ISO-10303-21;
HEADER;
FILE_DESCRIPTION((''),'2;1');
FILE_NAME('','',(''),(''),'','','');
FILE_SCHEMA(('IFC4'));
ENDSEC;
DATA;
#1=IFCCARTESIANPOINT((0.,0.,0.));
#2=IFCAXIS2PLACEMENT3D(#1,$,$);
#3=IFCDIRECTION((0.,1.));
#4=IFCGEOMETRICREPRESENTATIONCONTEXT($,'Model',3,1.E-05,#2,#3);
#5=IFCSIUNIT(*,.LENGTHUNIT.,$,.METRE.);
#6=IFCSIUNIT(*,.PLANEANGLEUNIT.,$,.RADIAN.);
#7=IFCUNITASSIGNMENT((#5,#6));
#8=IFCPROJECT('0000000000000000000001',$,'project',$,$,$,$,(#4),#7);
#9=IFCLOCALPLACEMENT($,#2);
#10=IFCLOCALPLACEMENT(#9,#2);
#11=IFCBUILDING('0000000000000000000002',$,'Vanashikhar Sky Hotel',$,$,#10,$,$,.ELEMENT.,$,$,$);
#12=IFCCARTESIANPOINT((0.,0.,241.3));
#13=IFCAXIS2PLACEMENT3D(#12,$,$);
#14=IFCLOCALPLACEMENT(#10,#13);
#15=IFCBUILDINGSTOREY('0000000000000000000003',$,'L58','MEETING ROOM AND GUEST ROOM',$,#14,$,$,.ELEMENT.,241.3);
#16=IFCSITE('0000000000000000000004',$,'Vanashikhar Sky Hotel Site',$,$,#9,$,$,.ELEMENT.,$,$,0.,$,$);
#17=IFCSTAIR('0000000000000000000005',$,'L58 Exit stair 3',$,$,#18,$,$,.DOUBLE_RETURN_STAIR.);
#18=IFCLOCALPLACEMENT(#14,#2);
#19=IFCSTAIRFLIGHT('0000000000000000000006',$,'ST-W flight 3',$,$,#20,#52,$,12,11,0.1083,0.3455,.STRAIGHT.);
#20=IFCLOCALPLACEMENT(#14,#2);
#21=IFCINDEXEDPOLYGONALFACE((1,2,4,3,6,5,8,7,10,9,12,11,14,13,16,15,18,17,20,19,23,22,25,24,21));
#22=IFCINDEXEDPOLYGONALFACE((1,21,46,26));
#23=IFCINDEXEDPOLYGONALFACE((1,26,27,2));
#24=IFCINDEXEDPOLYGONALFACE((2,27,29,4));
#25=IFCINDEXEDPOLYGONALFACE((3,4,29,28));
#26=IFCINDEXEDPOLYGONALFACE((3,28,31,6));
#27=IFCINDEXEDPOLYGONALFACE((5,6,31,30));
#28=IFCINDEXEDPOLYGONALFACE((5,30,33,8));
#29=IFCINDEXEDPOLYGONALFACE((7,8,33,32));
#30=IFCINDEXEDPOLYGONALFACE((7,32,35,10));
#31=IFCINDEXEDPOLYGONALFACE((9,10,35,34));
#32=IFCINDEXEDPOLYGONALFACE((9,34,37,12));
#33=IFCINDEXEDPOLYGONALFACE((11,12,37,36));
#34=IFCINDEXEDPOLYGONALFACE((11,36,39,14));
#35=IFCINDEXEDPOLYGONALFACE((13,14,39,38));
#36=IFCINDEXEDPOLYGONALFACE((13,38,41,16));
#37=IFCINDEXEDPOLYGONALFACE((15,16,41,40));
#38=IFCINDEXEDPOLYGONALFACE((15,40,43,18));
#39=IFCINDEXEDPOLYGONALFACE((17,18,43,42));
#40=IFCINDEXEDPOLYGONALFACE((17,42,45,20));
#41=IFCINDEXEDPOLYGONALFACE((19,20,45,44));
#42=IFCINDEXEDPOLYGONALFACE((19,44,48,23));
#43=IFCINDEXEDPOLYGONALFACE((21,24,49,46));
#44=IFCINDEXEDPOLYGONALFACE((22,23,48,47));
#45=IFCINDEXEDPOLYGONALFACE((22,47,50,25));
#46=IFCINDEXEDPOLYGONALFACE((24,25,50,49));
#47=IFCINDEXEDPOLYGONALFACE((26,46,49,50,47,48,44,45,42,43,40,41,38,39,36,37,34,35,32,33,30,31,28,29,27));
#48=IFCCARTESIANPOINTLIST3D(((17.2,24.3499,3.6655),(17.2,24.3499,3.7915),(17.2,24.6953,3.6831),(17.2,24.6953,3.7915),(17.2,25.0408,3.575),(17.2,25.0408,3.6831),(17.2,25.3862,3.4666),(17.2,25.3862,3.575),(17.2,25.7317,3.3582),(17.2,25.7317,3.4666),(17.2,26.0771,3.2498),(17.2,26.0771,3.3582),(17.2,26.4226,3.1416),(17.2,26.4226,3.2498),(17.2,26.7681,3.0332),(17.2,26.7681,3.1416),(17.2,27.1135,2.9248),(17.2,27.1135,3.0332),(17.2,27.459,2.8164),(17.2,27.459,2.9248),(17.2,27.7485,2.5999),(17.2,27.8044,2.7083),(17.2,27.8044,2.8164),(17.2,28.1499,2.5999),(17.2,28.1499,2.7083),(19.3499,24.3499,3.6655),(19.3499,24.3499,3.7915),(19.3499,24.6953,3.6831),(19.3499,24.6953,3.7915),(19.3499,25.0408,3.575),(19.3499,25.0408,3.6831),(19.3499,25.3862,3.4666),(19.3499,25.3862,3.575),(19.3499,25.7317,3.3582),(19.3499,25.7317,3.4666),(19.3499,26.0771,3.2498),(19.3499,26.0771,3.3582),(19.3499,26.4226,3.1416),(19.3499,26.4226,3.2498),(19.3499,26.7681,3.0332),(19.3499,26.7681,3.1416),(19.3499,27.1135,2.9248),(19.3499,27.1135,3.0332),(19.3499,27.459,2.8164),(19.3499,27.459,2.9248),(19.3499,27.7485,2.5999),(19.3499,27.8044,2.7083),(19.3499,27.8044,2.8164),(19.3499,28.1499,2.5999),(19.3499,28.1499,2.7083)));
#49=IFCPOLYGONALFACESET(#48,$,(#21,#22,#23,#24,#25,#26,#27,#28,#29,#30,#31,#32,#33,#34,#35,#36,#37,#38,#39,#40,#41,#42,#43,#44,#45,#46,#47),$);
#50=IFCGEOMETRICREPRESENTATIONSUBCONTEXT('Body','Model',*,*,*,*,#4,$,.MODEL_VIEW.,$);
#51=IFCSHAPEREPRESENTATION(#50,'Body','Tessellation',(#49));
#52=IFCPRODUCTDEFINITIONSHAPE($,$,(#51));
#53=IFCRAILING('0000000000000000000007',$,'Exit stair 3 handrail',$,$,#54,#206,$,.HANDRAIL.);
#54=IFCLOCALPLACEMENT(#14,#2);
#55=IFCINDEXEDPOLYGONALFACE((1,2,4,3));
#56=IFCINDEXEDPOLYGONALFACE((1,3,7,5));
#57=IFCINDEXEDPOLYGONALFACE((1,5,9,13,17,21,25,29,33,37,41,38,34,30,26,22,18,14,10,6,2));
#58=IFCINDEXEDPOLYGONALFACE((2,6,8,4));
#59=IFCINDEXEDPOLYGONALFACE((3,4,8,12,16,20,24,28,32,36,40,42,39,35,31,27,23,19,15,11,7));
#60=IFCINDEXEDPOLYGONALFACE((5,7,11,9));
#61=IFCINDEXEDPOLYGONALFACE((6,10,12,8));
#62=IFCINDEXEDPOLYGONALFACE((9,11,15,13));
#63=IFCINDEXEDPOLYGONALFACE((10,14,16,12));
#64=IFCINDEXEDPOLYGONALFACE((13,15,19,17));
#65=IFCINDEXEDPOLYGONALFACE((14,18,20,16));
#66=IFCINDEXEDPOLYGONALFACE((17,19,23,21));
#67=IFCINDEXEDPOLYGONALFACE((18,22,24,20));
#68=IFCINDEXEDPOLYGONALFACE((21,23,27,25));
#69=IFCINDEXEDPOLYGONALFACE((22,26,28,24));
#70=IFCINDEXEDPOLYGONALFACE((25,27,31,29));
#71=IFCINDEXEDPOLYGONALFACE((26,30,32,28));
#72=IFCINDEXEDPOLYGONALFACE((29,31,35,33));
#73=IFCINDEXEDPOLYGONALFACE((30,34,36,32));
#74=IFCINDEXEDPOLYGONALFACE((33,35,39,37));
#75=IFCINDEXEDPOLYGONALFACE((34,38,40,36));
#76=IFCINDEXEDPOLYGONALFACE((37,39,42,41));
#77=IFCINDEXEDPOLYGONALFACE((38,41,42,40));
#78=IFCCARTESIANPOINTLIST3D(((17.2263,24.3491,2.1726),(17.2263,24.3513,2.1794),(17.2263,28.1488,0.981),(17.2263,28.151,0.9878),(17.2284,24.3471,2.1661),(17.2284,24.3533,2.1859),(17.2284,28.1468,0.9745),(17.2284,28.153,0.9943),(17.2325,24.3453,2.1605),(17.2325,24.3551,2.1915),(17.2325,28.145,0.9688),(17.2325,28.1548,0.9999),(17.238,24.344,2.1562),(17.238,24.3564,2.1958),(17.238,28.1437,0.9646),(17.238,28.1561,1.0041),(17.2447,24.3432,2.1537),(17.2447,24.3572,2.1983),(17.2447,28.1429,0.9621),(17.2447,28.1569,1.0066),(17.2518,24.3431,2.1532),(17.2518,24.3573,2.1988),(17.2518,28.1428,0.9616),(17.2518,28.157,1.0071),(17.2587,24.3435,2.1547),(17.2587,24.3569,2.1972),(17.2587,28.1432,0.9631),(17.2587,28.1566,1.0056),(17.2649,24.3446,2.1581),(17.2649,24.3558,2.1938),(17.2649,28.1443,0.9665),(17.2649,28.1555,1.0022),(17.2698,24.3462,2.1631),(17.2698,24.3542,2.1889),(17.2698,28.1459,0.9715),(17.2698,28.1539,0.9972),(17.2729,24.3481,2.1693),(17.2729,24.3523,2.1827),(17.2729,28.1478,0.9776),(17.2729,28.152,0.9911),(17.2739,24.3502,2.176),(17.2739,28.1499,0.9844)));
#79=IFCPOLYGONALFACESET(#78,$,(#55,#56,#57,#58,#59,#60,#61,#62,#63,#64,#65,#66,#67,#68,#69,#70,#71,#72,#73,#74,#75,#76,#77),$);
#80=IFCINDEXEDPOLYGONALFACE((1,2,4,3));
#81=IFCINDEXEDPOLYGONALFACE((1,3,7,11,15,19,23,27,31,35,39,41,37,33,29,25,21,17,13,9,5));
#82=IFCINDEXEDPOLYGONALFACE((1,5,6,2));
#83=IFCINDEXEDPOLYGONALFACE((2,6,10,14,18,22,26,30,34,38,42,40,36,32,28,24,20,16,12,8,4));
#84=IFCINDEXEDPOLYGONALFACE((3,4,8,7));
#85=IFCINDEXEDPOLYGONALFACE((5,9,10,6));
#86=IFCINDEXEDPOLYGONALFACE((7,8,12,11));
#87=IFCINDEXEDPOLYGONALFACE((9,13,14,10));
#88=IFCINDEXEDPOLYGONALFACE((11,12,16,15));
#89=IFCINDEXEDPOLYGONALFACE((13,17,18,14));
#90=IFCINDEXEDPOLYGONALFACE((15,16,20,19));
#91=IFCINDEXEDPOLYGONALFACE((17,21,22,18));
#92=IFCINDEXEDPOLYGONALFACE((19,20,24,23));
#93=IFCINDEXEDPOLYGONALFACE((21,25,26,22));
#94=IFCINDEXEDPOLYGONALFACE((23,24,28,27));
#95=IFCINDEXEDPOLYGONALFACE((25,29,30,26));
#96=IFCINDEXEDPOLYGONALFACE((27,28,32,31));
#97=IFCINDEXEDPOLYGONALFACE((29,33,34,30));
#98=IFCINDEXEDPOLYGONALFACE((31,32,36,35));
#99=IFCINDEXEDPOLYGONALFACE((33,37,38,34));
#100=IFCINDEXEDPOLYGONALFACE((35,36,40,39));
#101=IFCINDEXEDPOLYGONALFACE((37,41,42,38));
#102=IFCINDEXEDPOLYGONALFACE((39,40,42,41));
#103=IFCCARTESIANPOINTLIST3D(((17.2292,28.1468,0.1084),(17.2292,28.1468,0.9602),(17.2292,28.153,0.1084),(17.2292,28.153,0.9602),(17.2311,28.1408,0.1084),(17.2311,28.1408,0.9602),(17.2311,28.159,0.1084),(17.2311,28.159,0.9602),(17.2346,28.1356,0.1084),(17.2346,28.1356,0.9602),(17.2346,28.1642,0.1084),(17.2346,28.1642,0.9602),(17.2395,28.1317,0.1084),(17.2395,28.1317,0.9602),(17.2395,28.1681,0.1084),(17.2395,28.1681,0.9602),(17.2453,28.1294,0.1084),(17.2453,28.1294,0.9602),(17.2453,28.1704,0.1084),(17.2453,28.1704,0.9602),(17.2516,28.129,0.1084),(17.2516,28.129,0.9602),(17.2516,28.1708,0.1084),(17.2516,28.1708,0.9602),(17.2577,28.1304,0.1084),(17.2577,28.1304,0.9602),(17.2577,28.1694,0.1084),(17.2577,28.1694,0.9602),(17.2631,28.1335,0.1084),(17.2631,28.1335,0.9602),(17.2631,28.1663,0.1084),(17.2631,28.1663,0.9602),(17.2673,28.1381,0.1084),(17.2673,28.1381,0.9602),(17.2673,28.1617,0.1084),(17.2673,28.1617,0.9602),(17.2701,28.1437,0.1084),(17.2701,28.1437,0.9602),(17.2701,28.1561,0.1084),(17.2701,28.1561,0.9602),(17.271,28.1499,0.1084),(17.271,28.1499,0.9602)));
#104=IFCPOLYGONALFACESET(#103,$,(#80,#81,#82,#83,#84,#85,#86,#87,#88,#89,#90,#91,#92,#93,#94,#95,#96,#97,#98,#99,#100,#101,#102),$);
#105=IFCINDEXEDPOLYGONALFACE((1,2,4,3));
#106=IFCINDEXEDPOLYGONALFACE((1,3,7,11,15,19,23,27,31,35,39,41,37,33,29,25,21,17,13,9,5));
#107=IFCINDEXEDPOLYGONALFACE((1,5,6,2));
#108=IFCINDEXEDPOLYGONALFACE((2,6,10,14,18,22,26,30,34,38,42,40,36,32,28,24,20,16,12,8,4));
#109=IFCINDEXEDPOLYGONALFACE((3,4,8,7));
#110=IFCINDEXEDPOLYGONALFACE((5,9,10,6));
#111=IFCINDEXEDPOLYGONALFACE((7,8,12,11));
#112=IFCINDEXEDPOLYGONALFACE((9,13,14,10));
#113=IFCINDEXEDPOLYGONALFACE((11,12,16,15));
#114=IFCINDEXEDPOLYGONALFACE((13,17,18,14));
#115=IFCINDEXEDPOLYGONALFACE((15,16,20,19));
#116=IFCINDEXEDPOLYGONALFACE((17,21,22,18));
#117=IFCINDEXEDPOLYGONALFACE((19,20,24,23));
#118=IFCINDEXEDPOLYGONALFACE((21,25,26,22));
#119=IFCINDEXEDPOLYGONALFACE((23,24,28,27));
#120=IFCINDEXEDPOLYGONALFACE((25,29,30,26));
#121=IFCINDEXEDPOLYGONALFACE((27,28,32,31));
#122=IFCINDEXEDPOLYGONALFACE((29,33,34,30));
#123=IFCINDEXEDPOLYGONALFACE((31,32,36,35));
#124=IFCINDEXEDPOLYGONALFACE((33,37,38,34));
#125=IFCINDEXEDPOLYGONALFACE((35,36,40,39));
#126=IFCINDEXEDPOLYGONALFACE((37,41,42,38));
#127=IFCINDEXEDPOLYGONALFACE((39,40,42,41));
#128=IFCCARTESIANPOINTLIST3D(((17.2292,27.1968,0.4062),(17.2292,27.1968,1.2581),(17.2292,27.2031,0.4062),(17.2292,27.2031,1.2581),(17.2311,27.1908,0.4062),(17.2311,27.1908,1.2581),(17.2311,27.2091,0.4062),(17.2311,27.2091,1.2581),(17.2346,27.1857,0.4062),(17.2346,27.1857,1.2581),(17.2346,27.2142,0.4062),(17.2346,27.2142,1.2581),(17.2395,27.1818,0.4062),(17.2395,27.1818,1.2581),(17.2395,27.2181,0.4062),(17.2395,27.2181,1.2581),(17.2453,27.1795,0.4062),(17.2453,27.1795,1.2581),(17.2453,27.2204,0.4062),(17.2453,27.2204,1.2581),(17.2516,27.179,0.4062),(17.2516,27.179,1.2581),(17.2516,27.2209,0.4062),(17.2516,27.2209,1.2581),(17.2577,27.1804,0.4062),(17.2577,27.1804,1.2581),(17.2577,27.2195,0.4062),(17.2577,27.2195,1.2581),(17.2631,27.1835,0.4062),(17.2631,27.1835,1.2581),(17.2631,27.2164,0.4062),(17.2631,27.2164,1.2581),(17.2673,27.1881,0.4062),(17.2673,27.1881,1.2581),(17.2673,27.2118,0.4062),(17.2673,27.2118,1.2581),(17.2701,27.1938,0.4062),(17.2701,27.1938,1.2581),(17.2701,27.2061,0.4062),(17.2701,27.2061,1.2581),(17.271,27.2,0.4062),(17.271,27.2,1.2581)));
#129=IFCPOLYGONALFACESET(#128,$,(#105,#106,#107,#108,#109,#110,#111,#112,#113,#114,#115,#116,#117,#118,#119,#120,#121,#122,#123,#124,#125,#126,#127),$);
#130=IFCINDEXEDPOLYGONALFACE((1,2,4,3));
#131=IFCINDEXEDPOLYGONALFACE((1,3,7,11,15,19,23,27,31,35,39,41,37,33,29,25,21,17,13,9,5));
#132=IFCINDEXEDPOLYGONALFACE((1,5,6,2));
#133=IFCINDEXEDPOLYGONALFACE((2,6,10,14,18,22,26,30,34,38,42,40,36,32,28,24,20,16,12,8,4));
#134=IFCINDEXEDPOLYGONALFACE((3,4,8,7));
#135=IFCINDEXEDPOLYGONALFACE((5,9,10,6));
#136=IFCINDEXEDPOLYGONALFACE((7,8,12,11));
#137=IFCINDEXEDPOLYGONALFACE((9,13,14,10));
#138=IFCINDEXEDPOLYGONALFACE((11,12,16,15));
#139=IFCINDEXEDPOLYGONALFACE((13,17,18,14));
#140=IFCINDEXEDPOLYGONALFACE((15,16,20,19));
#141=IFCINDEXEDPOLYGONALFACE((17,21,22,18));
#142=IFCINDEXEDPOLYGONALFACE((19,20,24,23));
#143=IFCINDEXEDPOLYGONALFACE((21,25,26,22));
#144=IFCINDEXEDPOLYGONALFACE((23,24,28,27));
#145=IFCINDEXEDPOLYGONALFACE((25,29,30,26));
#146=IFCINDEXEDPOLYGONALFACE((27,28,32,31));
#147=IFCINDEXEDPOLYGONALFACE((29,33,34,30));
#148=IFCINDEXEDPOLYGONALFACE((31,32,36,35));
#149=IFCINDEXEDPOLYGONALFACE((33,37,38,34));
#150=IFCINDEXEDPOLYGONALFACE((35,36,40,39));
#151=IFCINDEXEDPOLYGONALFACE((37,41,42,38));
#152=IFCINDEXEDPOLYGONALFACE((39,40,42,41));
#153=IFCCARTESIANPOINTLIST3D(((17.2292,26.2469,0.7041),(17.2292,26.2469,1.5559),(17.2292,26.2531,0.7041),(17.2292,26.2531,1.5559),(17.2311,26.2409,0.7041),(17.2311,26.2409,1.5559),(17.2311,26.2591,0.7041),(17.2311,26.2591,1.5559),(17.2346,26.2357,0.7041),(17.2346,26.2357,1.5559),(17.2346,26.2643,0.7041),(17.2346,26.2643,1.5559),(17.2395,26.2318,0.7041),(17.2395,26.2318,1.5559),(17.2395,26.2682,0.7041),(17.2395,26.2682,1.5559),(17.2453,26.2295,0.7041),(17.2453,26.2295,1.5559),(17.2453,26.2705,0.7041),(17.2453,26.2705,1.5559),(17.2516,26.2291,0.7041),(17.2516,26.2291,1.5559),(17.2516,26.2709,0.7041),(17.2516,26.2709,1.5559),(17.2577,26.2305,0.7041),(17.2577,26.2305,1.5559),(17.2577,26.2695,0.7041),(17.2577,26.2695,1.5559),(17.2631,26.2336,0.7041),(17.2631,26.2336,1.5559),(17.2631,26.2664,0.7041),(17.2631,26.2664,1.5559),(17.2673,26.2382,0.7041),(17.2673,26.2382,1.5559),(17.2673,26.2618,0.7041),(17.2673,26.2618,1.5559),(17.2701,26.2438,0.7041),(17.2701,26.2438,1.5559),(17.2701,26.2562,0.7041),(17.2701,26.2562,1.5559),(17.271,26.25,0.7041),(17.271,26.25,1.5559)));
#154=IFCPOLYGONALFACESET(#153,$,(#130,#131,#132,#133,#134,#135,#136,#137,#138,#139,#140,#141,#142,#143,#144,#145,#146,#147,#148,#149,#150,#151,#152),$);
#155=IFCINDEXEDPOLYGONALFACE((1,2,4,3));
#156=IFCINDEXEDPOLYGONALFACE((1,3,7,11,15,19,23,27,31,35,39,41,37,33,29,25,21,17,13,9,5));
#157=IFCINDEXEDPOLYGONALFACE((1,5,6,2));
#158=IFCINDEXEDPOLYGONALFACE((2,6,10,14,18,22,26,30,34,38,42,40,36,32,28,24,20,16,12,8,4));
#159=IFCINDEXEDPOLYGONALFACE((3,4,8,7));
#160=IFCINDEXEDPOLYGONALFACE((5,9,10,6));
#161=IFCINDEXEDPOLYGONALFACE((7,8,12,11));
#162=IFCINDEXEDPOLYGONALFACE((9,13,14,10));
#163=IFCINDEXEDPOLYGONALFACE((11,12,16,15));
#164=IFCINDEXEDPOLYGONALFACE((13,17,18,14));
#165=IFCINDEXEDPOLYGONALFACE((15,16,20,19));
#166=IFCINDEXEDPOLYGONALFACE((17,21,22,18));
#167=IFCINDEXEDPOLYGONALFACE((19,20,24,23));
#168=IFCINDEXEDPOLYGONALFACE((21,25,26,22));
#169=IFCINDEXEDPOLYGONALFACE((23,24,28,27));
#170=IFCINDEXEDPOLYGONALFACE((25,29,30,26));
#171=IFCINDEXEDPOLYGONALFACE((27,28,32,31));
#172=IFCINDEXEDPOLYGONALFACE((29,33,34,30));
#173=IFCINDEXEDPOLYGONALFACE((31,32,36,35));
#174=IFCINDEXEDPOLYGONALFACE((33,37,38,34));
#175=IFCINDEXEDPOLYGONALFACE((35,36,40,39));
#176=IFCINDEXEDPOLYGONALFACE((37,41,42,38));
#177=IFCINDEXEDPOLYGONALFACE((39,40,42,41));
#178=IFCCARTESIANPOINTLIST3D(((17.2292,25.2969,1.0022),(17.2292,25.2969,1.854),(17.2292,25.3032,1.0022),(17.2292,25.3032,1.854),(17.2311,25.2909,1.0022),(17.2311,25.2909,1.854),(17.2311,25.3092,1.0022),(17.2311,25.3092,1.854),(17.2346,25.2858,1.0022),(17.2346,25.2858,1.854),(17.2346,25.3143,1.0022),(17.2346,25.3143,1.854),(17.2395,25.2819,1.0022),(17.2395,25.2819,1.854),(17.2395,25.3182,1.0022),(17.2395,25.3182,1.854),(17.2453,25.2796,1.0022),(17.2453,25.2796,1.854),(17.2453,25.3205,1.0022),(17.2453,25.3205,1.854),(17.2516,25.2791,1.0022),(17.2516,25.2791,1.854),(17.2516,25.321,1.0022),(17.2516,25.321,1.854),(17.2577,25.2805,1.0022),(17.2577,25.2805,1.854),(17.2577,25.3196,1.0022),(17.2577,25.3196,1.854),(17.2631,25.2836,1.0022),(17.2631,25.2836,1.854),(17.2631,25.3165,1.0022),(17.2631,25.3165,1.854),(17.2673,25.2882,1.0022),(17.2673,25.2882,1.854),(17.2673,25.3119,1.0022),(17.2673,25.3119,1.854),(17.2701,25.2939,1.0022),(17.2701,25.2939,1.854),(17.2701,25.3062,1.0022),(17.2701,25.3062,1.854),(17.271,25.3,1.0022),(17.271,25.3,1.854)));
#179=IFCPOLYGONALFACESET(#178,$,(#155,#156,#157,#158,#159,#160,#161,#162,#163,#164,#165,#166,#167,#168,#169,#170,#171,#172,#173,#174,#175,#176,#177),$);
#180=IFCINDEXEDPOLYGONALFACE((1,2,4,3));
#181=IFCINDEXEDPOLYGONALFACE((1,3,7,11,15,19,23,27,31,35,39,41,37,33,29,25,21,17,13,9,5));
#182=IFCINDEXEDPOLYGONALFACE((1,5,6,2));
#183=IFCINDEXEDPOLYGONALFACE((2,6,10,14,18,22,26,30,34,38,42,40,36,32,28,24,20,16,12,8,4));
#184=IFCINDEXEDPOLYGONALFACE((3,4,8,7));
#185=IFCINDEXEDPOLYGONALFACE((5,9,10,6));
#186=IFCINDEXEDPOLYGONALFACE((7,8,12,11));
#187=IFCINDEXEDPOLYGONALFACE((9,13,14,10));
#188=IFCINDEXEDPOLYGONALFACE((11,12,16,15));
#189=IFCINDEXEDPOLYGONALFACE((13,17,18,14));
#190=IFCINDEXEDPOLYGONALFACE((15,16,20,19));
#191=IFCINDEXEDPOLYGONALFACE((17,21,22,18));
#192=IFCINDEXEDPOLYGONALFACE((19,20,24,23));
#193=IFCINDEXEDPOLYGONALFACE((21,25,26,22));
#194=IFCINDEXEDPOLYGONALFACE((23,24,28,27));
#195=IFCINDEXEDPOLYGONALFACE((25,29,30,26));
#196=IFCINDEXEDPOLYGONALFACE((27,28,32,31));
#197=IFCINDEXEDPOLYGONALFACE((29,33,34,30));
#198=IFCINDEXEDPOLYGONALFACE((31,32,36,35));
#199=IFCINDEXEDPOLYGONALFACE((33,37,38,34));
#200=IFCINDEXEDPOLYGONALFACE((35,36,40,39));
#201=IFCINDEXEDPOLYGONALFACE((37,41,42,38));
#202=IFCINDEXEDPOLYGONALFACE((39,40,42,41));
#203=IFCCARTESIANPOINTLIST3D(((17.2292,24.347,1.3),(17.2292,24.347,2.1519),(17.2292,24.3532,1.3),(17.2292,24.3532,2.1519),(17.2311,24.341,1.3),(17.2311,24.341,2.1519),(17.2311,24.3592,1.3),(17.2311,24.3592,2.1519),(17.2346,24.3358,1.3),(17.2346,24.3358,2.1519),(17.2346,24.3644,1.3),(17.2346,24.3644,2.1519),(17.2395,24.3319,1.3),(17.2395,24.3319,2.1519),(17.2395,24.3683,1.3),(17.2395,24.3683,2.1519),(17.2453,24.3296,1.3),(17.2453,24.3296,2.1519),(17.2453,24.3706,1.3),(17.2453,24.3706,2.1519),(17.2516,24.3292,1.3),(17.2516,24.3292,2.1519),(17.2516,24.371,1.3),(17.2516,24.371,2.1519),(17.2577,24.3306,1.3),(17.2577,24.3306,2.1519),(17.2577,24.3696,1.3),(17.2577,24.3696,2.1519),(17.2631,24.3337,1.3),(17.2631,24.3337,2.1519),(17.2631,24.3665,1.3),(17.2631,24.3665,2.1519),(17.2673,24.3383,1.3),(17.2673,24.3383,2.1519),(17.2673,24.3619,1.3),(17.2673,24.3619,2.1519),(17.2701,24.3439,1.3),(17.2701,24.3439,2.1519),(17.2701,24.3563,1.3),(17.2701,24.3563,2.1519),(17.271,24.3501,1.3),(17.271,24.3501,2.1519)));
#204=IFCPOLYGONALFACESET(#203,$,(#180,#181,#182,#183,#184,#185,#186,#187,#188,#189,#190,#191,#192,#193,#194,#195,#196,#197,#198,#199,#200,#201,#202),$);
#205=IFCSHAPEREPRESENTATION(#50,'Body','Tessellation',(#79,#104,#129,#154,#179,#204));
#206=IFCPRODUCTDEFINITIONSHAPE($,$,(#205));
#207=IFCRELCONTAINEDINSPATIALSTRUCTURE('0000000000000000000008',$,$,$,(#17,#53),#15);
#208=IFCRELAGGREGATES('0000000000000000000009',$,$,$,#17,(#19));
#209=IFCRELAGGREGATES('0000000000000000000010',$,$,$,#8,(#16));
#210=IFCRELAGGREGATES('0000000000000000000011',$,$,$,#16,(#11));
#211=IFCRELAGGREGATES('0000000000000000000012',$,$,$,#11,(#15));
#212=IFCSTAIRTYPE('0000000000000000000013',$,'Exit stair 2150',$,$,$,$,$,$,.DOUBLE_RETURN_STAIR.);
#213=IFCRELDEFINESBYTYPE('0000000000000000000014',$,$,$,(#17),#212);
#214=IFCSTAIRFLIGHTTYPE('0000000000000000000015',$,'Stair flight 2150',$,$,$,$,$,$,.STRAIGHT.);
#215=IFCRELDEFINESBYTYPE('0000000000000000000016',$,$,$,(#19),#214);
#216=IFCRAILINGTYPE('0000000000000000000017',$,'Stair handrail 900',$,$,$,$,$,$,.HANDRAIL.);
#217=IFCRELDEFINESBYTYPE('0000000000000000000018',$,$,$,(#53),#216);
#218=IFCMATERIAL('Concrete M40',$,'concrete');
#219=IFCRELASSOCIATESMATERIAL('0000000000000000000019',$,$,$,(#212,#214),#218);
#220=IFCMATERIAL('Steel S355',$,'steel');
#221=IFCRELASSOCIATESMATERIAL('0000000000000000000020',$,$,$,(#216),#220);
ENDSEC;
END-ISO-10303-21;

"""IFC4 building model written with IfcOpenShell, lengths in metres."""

from ifc_helpers import new_model, si_unit, direction, frame, origin, origin_2d, place, context, subcontext, project, spatial, polyline, circle, outline, extrude, source, transform, mapped, material, type_object, element, aggregate, save


model = new_model("IFC4")

# Units and contexts
model_context = context("Model", 3, precision=1e-05, world=origin(), true_north=direction((0.0, 1.0)))
body_context = subcontext(model_context, "Body", "Model", "MODEL_VIEW")
ifc_project = project(units=[si_unit("LENGTHUNIT", "METRE"), si_unit("PLANEANGLEUNIT", "RADIAN")], contexts=[model_context])

# Site, building, storey
site_placement = place(None, origin())
site = spatial("IfcSite", under=ifc_project, at=site_placement, Name="Vanashikhar Sky Hotel Site", CompositionType="ELEMENT", RefElevation=0.0)
building_placement = place(site_placement, origin())
building = spatial("IfcBuilding", under=site, at=building_placement, Name="Vanashikhar Sky Hotel", CompositionType="ELEMENT")
storey_placement = place(building_placement, frame((0.0, 0.0, 241.3)))
storey = spatial("IfcBuildingStorey", under=building, at=storey_placement, Name="L58", Description="MEETING ROOM AND GUEST ROOM", CompositionType="ELEMENT", Elevation=241.3)

# Stair, stair flight
ifc_material_1 = material(Name="Concrete M40", Category="concrete")
stair_type = type_object("IfcStairType", Name="Exit stair 2150", PredefinedType="DOUBLE_RETURN_STAIR", material=ifc_material_1)
stair_placement = place(storey_placement, origin())
stair = element("IfcStair", 1, at=stair_placement, inside=storey, type_object=stair_type, Name="L58 Exit stair 3", PredefinedType="DOUBLE_RETURN_STAIR")
stair_flight_type = type_object("IfcStairFlightType", Name="Stair flight 2150", PredefinedType="STRAIGHT", material=ifc_material_1)
shared_shape_1 = source(origin(), body_context, "Body", "SweptSolid", [
    extrude(outline(polyline([(0.0, 0.0), (0.0, 0.1084), (0.3455, 0.1084), (0.3455, 0.2166), (0.6909, 0.2166), (0.6909, 0.325), (1.0364, 0.325), (1.0364, 0.4333), (1.3818, 0.4333), (1.3818, 0.5417), (1.7273, 0.5417), (1.7273, 0.6499), (2.0728, 0.6499), (2.0728, 0.7583), (2.4182, 0.7583), (2.4182, 0.8667), (2.7637, 0.8667), (2.7637, 0.9751), (3.1091, 0.9751), (3.1091, 1.0833), (3.4546, 1.0833), (3.4546, 1.1917), (3.8, 1.1917), (3.8, 1.3), (3.8, 1.0657), (0.4014, 0.0), (0.0, 0.0)])), frame((0.0, 1.075, 0.0), z_axis=(0.0, -1.0, 0.0), x_axis=(1.0, 0.0, 0.0)), (0.0, 0.0, 1.0), 2.1499),
])
stair_flight_1_placement = place(storey_placement, frame((18.2749, 28.1499, 2.5999), z_axis=(0.0, 0.0, 1.0), x_axis=(0.0, -1.0, 0.0)))
stair_flight_1 = element("IfcStairFlight", 2, at=stair_flight_1_placement, type_object=stair_flight_type, Name="ST-W flight 3", NumberOfRisers=12, NumberOfTreads=11, PredefinedType="STRAIGHT", RiserHeight=0.1083, TreadLength=0.3455, context=body_context, shape_type="MappedRepresentation", body=[
    mapped(shared_shape_1, transform((0.0, 0.0, 0.0), scale=1.0)),
])
aggregate(stair, [stair_flight_1])

# Railing
ifc_material_2 = material(Name="Steel S355", Category="steel")
railing_type = type_object("IfcRailingType", Name="Stair handrail 900", PredefinedType="HANDRAIL", material=ifc_material_2)
shared_shape_2 = source(origin(), body_context, "Body", "SweptSolid", [
    extrude(circle(Radius=0.0239, at=origin_2d()), frame((0.0, 0.0, 0.876), z_axis=(0.0, -0.954178, 0.299238), x_axis=(1.0, 0.0, 0.0)), (0.0, 0.0, 1.0), 3.9822),
    extrude(circle(Radius=0.021, at=origin_2d()), origin(), (0.0, 0.0, 1.0), 0.8518),
    extrude(circle(Radius=0.021, at=origin_2d()), frame((0.0, -0.95, 0.2979)), (0.0, 0.0, 1.0), 0.8518),
    extrude(circle(Radius=0.021, at=origin_2d()), frame((0.0, -1.8999, 0.5957)), (0.0, 0.0, 1.0), 0.8518),
    extrude(circle(Radius=0.021, at=origin_2d()), frame((0.0, -2.8499, 0.8938)), (0.0, 0.0, 1.0), 0.8518),
    extrude(circle(Radius=0.021, at=origin_2d()), frame((0.0, -3.7998, 1.1917)), (0.0, 0.0, 1.0), 0.8518),
])
for number, where, name in (
    (3, (17.25, 28.1499, 0.1084), "Exit stair 3 handrail"),
):
    element("IfcRailing", number, at=place(storey_placement, frame(where)), inside=storey, type_object=railing_type, Name=name, PredefinedType="HANDRAIL", context=body_context, shape_type="MappedRepresentation", body=[
        mapped(shared_shape_2, transform((0.0, 0.0, 0.0), scale=1.0)),
    ])

save(model, "model.ifc")
